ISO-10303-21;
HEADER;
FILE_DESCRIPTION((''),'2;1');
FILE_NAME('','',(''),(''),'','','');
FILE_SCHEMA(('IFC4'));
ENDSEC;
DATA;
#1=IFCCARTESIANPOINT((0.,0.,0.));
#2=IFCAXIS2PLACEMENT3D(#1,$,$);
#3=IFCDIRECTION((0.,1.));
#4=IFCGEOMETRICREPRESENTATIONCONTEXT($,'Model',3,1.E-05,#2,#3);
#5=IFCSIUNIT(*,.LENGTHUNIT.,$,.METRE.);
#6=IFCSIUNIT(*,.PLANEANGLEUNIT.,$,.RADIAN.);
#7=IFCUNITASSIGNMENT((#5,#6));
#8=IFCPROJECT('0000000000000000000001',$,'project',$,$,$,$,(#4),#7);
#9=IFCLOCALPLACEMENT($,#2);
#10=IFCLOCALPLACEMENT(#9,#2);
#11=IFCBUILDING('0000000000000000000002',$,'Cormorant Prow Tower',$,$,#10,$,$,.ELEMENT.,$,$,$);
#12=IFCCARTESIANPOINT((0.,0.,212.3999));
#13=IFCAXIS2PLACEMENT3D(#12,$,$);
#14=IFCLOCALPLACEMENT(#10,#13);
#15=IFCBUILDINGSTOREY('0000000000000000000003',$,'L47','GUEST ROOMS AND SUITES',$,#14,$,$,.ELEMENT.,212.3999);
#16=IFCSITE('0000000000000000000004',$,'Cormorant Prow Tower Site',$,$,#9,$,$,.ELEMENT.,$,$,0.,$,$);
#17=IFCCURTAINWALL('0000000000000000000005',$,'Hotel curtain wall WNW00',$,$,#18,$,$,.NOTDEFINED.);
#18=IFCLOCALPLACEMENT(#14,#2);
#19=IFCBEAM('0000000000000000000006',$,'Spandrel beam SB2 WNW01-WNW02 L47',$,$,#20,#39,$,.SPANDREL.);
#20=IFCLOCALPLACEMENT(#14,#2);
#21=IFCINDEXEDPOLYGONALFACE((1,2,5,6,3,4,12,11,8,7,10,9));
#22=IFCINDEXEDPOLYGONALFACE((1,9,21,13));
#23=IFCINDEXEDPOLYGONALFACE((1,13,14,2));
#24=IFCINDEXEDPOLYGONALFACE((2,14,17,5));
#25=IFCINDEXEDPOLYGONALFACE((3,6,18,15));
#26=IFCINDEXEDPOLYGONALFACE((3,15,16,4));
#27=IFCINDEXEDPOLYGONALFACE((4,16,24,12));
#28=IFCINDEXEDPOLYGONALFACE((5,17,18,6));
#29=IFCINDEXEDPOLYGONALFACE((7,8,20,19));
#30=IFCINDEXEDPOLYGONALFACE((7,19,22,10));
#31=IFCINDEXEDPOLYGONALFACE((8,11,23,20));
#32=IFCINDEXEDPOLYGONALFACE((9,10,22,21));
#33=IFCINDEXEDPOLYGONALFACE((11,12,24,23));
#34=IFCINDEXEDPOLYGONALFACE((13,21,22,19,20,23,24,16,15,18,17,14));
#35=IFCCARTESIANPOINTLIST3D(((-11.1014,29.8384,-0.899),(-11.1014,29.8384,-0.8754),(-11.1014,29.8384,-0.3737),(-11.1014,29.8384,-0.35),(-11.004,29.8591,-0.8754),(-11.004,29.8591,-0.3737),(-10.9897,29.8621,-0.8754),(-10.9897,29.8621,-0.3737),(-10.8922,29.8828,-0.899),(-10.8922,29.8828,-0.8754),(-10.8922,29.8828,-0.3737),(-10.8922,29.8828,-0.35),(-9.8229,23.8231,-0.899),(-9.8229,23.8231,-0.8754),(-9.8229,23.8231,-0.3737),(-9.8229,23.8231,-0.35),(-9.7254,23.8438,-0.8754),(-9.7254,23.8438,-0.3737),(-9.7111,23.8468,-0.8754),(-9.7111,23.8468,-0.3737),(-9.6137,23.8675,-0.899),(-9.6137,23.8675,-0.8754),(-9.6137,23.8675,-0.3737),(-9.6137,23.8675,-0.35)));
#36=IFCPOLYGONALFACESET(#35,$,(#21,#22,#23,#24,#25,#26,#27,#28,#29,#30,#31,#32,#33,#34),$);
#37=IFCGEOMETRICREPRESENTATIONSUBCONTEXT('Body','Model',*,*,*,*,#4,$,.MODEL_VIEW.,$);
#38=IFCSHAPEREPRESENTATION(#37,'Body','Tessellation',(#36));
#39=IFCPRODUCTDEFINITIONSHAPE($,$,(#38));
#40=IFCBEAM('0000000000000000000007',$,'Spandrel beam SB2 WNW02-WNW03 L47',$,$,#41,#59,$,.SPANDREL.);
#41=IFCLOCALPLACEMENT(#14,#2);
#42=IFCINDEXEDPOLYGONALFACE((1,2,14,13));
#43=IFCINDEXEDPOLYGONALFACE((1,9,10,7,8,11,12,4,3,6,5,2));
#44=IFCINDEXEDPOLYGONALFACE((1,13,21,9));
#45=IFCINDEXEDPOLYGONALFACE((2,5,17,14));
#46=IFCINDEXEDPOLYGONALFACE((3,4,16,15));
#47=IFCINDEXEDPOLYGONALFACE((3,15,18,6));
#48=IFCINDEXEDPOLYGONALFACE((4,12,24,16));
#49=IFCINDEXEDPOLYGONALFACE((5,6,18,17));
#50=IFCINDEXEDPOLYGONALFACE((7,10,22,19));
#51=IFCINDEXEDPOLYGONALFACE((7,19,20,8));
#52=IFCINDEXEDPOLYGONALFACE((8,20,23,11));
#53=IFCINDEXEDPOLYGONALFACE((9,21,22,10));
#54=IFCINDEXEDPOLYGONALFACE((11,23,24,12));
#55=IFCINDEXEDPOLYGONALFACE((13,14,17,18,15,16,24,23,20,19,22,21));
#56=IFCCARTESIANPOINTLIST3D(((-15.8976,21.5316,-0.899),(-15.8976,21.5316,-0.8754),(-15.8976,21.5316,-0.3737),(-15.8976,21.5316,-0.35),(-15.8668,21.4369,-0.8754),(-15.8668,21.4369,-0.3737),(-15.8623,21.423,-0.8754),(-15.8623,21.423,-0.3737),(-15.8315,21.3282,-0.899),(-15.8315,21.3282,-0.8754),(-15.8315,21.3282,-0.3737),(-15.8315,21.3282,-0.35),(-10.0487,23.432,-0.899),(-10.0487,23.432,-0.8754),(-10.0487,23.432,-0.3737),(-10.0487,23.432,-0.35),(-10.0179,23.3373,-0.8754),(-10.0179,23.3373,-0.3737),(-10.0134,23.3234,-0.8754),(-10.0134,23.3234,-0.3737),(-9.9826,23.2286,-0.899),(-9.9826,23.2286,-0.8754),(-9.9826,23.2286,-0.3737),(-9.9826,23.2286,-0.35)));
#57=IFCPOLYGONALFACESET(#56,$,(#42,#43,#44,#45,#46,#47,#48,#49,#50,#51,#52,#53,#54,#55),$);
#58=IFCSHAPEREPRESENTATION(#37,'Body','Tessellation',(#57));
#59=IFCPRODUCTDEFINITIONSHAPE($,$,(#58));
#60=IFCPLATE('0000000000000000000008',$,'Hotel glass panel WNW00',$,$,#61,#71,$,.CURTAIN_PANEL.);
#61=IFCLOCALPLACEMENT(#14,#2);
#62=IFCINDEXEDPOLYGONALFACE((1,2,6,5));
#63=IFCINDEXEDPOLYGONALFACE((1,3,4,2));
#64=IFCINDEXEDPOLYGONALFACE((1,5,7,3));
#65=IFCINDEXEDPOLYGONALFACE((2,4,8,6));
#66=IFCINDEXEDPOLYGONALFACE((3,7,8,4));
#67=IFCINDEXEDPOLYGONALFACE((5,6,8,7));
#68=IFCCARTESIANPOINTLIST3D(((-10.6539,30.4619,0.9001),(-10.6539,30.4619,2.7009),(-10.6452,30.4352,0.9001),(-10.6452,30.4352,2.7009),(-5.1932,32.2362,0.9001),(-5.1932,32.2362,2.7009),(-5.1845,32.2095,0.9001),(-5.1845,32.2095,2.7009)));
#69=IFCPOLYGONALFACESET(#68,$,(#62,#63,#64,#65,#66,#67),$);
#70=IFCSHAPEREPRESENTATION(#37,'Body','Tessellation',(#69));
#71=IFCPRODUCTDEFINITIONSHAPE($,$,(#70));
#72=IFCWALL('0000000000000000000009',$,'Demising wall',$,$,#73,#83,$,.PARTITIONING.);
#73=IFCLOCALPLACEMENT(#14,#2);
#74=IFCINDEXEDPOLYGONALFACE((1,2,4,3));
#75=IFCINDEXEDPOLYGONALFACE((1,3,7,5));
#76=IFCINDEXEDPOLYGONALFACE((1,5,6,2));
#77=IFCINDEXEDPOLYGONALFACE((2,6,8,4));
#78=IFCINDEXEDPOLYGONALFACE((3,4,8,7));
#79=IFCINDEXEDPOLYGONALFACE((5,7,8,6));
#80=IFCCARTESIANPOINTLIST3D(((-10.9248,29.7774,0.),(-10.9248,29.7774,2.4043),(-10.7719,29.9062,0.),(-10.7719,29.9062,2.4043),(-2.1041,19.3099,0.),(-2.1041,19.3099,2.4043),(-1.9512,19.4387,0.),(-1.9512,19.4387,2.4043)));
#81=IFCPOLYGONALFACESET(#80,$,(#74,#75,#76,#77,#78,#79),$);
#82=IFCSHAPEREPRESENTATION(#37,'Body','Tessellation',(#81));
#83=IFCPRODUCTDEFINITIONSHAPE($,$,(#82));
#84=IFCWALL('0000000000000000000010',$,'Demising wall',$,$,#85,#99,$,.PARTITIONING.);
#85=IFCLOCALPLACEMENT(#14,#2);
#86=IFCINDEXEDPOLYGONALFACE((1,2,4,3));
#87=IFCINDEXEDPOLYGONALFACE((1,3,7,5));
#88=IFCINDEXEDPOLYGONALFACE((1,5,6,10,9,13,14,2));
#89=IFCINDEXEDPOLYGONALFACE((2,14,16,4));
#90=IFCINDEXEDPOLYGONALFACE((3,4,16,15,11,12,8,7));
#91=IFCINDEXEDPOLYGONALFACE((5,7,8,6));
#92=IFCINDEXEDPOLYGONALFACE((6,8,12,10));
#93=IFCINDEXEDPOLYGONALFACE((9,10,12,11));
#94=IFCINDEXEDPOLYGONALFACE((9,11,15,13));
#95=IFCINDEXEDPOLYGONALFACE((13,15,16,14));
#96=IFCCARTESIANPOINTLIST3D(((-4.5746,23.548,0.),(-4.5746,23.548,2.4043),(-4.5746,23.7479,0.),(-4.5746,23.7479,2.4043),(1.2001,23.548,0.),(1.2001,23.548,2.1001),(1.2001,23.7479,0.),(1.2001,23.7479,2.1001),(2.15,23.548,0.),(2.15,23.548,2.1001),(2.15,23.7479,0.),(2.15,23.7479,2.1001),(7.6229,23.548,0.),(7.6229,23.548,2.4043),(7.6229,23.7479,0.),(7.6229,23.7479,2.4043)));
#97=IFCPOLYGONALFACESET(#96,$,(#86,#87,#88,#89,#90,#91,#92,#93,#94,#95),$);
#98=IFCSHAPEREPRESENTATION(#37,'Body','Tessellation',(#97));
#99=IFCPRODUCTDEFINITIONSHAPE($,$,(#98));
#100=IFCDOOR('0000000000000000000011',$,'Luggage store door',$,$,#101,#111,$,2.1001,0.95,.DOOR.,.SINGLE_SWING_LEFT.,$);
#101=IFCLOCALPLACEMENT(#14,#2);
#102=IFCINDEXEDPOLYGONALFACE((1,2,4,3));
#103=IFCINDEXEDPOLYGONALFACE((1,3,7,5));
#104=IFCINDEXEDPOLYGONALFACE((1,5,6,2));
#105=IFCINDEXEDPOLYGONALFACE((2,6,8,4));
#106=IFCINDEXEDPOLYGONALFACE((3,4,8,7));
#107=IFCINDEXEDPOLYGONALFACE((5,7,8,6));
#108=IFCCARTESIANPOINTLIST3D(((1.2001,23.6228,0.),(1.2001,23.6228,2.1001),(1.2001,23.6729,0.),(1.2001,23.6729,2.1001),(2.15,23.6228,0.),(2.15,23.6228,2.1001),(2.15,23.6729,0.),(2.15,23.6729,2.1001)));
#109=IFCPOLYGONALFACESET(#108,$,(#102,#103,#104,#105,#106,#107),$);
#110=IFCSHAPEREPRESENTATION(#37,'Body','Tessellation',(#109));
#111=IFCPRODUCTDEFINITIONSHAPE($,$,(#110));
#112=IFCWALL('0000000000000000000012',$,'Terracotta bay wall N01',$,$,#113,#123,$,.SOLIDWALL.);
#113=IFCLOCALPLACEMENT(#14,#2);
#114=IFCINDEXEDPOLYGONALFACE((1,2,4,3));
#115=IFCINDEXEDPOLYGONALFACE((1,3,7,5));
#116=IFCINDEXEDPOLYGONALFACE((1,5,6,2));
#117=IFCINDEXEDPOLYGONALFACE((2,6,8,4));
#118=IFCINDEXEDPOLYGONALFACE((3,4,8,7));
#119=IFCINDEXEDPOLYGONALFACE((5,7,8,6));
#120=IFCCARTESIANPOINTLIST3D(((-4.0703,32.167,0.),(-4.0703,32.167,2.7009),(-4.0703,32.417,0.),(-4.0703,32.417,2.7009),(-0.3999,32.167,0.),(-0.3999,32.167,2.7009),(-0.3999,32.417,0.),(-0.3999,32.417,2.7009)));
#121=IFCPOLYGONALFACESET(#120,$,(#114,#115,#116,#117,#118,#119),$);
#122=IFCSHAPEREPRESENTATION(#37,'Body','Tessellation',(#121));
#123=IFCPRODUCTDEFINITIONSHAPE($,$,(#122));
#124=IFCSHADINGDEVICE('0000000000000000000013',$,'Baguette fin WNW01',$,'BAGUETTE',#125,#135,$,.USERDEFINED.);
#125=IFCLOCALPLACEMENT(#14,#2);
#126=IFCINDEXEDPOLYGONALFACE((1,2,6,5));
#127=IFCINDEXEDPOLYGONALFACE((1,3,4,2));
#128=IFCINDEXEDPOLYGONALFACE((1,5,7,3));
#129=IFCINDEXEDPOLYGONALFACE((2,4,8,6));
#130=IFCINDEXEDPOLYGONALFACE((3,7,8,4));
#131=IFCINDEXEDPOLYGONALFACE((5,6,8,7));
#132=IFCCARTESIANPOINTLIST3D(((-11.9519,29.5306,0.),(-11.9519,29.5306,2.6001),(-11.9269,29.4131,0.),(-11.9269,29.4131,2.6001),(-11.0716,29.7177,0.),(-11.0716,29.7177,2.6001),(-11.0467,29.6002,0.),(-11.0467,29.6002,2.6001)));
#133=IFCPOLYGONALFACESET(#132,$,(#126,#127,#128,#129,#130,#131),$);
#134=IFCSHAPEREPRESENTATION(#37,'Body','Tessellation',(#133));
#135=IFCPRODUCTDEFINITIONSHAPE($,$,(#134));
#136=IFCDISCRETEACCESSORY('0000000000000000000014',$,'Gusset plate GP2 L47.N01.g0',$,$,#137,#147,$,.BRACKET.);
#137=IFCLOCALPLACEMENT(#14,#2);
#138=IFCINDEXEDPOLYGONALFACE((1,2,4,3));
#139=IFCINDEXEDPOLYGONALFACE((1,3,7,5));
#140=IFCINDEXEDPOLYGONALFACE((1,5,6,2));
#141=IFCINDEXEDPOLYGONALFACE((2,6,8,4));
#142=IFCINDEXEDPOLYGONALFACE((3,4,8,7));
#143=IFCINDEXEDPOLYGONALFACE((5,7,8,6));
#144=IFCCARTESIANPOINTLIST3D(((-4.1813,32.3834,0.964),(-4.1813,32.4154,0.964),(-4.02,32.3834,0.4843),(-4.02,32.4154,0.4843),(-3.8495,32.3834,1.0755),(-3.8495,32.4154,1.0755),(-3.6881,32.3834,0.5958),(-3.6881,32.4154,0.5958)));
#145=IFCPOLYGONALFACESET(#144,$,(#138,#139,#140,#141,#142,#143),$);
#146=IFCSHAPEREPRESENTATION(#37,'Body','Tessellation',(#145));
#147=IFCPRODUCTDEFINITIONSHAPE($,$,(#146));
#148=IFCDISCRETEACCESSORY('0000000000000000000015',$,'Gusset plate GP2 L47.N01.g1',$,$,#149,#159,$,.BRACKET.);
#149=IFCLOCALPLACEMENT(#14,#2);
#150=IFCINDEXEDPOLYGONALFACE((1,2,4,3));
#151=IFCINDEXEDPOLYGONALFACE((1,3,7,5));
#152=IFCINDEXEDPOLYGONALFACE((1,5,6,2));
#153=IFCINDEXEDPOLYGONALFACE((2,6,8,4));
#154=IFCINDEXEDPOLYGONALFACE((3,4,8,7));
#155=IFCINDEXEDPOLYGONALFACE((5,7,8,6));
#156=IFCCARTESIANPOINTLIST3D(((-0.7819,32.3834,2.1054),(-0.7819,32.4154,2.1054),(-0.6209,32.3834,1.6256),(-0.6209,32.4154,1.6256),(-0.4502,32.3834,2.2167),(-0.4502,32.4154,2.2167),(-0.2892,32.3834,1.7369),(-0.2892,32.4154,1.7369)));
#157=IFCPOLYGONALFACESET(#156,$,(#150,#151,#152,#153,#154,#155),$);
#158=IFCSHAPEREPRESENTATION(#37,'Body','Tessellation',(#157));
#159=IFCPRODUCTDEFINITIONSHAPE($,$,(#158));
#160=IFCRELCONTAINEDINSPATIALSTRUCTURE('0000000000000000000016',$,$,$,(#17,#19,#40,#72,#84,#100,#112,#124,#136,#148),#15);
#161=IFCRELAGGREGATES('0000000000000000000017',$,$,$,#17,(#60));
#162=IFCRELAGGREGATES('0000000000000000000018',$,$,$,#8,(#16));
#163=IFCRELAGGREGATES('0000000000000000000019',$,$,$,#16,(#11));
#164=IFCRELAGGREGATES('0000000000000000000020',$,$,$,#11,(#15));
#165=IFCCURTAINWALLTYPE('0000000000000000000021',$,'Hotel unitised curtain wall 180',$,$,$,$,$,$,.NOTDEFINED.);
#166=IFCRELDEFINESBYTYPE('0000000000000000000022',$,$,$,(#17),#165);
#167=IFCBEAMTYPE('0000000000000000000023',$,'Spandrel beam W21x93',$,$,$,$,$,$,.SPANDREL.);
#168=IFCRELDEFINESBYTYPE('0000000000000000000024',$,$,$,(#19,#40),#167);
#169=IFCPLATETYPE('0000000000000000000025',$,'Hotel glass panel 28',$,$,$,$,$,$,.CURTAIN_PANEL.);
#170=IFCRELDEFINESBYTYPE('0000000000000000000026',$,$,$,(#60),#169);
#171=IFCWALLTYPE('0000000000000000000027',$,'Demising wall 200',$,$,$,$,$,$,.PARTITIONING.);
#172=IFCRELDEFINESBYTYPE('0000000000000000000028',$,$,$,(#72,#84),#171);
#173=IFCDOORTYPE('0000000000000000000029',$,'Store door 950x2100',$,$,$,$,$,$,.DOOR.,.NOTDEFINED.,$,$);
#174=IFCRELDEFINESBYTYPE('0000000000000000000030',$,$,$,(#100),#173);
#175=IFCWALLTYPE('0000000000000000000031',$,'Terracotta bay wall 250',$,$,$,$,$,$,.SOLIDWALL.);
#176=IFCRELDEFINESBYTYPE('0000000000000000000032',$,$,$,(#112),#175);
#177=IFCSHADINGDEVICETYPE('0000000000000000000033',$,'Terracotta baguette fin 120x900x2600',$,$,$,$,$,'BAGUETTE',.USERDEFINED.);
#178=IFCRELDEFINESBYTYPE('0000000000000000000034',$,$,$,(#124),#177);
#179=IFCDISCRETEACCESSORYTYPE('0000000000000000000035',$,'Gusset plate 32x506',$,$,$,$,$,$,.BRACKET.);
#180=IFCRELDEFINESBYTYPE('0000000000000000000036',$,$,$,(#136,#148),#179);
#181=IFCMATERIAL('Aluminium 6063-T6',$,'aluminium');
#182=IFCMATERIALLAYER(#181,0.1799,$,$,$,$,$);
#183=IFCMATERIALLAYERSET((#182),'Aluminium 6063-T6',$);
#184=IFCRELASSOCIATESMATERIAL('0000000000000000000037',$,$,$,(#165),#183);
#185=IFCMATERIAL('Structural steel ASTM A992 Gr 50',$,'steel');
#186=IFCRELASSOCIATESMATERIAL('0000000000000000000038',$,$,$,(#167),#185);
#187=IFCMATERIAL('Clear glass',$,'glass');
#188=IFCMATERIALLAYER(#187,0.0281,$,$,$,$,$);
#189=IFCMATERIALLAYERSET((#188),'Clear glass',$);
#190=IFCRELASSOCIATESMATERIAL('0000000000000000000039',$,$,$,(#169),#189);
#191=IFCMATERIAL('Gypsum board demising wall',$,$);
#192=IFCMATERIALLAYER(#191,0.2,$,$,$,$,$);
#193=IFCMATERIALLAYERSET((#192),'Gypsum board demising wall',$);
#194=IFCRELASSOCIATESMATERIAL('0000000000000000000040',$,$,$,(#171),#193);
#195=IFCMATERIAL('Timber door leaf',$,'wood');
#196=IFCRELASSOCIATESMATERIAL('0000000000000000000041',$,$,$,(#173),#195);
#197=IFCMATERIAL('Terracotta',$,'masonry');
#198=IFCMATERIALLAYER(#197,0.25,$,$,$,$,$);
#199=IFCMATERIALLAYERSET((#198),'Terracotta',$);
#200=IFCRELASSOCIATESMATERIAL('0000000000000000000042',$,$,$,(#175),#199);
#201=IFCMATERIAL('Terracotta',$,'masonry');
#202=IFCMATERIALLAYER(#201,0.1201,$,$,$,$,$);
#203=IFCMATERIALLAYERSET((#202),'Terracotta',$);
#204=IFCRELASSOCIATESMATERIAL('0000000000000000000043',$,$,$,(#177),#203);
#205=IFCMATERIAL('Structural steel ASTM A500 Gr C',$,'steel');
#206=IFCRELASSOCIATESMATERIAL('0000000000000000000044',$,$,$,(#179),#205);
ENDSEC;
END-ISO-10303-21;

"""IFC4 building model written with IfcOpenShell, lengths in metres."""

from ifc_helpers import new_model, si_unit, direction, frame, frame_2d, origin, origin_2d, place, context, subcontext, project, spatial, rectangle, i_section, extrude, material, layer, layer_set, material_profile, profile_set, type_object, element, fill, aggregate, save


model = new_model("IFC4")

# Units and contexts
model_context = context("Model", 3, precision=1e-05, world=origin(), true_north=direction((0.0, 1.0)))
body_context = subcontext(model_context, "Body", "Model", "MODEL_VIEW")
ifc_project = project(units=[si_unit("LENGTHUNIT", "METRE"), si_unit("PLANEANGLEUNIT", "RADIAN")], contexts=[model_context])

# Site, building, storey
site_placement = place(None, origin())
site = spatial("IfcSite", under=ifc_project, at=site_placement, Name="Cormorant Prow Tower Site", CompositionType="ELEMENT", RefElevation=0.0)
building_placement = place(site_placement, origin())
building = spatial("IfcBuilding", under=site, at=building_placement, Name="Cormorant Prow Tower", CompositionType="ELEMENT")
storey_placement = place(building_placement, frame((0.0, 0.0, 212.3999)))
storey = spatial("IfcBuildingStorey", under=building, at=storey_placement, Name="L47", Description="GUEST ROOMS AND SUITES", CompositionType="ELEMENT", Elevation=212.3999)

# Curtain wall
ifc_material_1 = material(Name="Aluminium 6063-T6", Category="aluminium")
ifc_layer_1 = layer(ifc_material_1, 0.1799)
ifc_layer_set_1 = layer_set([ifc_layer_1], Name="Aluminium 6063-T6")
curtain_wall_type = type_object("IfcCurtainWallType", Name="Hotel unitised curtain wall 180", PredefinedType="NOTDEFINED", material=ifc_layer_set_1)
curtain_wall_1_placement = place(storey_placement, origin())
curtain_wall_1 = element("IfcCurtainWall", 1, at=curtain_wall_1_placement, inside=storey, type_object=curtain_wall_type, Name="Hotel curtain wall WNW00", PredefinedType="NOTDEFINED")

# Beams
ifc_material_2 = material(Name="Structural steel ASTM A992 Gr 50", Category="steel")
ifc_material_profile_1 = material_profile(ifc_material_2, i_section(OverallWidth=0.2139, OverallDepth=0.5491, WebThickness=0.0146, FlangeThickness=0.0237, at=origin_2d()), Name="W21x93")
ifc_profile_set_1 = profile_set([ifc_material_profile_1], Name="Structural steel ASTM A992 Gr 50")
beam_type = type_object("IfcBeamType", Name="Spandrel beam W21x93", PredefinedType="SPANDREL", material=ifc_profile_set_1)
beam_1_placement = place(storey_placement, frame((-10.9968, 29.8606, -0.6245), z_axis=(0.207905, -0.978149, 0.0), x_axis=(0.978149, 0.207905, 0.0)))
element("IfcBeam", 2, at=beam_1_placement, inside=storey, type_object=beam_type, Name="Spandrel beam SB2 WNW01-WNW02 L47", PredefinedType="SPANDREL", context=body_context, shape_type="SweptSolid", body=[
    extrude(i_section(OverallWidth=0.2139, OverallDepth=0.5491, WebThickness=0.0146, FlangeThickness=0.0237, at=origin_2d()), origin(), (0.0, 0.0, 1.0), 6.1497),
])
beam_2_placement = place(storey_placement, frame((-10.0156, 23.3303, -0.6245), z_axis=(-0.951058, -0.309013, 0.0), x_axis=(0.309013, -0.951058, 0.0)))
element("IfcBeam", 3, at=beam_2_placement, inside=storey, type_object=beam_type, Name="Spandrel beam SB2 WNW02-WNW03 L47", PredefinedType="SPANDREL", context=body_context, shape_type="SweptSolid", body=[
    extrude(i_section(OverallWidth=0.2139, OverallDepth=0.5491, WebThickness=0.0146, FlangeThickness=0.0237, at=origin_2d()), origin(), (0.0, 0.0, 1.0), 6.1499),
])

# Plate
ifc_material_3 = material(Name="Clear glass", Category="glass")
ifc_layer_2 = layer(ifc_material_3, 0.0281)
ifc_layer_set_2 = layer_set([ifc_layer_2], Name="Clear glass")
plate_type = type_object("IfcPlateType", Name="Hotel glass panel 28", PredefinedType="CURTAIN_PANEL", material=ifc_layer_set_2)
plate_placement = place(storey_placement, frame((-7.9192, 31.3357, 0.9001), z_axis=(0.0, 0.0, 1.0), x_axis=(-0.951057, -0.309017, 0.0)))
plate = element("IfcPlate", 4, at=plate_placement, type_object=plate_type, Name="Hotel glass panel WNW00", PredefinedType="CURTAIN_PANEL", context=body_context, shape_type="SweptSolid", body=[
    extrude(rectangle(XDim=5.7417, YDim=0.0281, at=origin_2d()), origin(), (0.0, 0.0, 1.0), 1.8008),
])
aggregate(curtain_wall_1, [plate])

# Wall
ifc_material_4 = material(Name="Gypsum board demising wall")
ifc_layer_3 = layer(ifc_material_4, 0.2)
ifc_layer_set_3 = layer_set([ifc_layer_3], Name="Gypsum board demising wall")
wall_type_1 = type_object("IfcWallType", Name="Demising wall 200", PredefinedType="PARTITIONING", material=ifc_layer_set_3)
wall_1_placement = place(storey_placement, frame((-10.8484, 29.8418, 0.0), z_axis=(0.0, 0.0, 1.0), x_axis=(0.644394, -0.764694, 0.0)))
element("IfcWall", 5, at=wall_1_placement, inside=storey, type_object=wall_type_1, Name="Demising wall", PredefinedType="PARTITIONING", context=body_context, shape_type="SweptSolid", body=[
    extrude(rectangle(XDim=13.6885, YDim=0.2, at=frame_2d((6.8442, 0.0))), origin(), (0.0, 0.0, 1.0), 2.4043),
])

# Wall, opening, door
wall_2_placement = place(storey_placement, frame((-4.5745, 23.6479, 0.0), z_axis=(0.0, 0.0, 1.0), x_axis=(1.0, 0.0, 0.0)))
wall_2 = element("IfcWall", 6, at=wall_2_placement, inside=storey, type_object=wall_type_1, Name="Demising wall", PredefinedType="PARTITIONING", context=body_context, shape_type="SweptSolid", body=[
    extrude(rectangle(XDim=12.1975, YDim=0.2, at=frame_2d((6.0986, 0.0))), origin(), (0.0, 0.0, 1.0), 2.4043),
])
opening_1_placement = place(wall_2_placement, frame((5.7744, 0.0, 0.0)))
opening_1 = element("IfcOpeningElement", 7, at=opening_1_placement, cuts=wall_2, PredefinedType="OPENING", context=body_context, shape_type="SweptSolid", body=[
    extrude(rectangle(XDim=0.95, YDim=2.1001, at=frame_2d((0.4751, 1.05))), frame((0.0, 0.1099, 0.0), z_axis=(0.0, -1.0, 0.0), x_axis=(1.0, 0.0, 0.0)), (0.0, 0.0, 1.0), 0.22),
])
ifc_material_5 = material(Name="Timber door leaf", Category="wood")
door_type_1 = type_object("IfcDoorType", Name="Store door 950x2100", OperationType="NOTDEFINED", PredefinedType="DOOR", material=ifc_material_5)
door_1_placement = place(opening_1_placement, origin())
door_1 = element("IfcDoor", 8, at=door_1_placement, inside=storey, type_object=door_type_1, Name="Luggage store door", OperationType="SINGLE_SWING_LEFT", OverallHeight=2.1001, OverallWidth=0.95, PredefinedType="DOOR", context=body_context, shape_type="SweptSolid", body=[
    extrude(rectangle(XDim=0.95, YDim=2.1001, at=frame_2d((0.4751, 1.05))), frame((0.0, 0.0249, 0.0), z_axis=(0.0, -1.0, 0.0), x_axis=(1.0, 0.0, 0.0)), (0.0, 0.0, 1.0), 0.05),
])
fill(opening_1, door_1)

# Wall
ifc_material_6 = material(Name="Terracotta", Category="masonry")
ifc_layer_4 = layer(ifc_material_6, 0.25)
ifc_layer_set_4 = layer_set([ifc_layer_4], Name="Terracotta")
wall_type_2 = type_object("IfcWallType", Name="Terracotta bay wall 250", PredefinedType="SOLIDWALL", material=ifc_layer_set_4)
wall_3_placement = place(storey_placement, frame((-0.3999, 32.292, 0.0), z_axis=(0.0, 0.0, 1.0), x_axis=(-1.0, 0.0, 0.0)))
element("IfcWall", 9, at=wall_3_placement, inside=storey, type_object=wall_type_2, Name="Terracotta bay wall N01", PredefinedType="SOLIDWALL", context=body_context, shape_type="SweptSolid", body=[
    extrude(rectangle(XDim=3.6704, YDim=0.25, at=frame_2d((1.8352, 0.0))), origin(), (0.0, 0.0, 1.0), 2.7009),
])

# Shading device
ifc_material_7 = material(Name="Terracotta", Category="masonry")
ifc_layer_5 = layer(ifc_material_7, 0.1201)
ifc_layer_set_5 = layer_set([ifc_layer_5], Name="Terracotta")
shading_device_type = type_object("IfcShadingDeviceType", Name="Terracotta baguette fin 120x900x2600", ElementType="BAGUETTE", PredefinedType="USERDEFINED", material=ifc_layer_set_5)
shading_device_placement = place(storey_placement, frame((-11.4993, 29.5654, 0.0), z_axis=(0.0, 0.0, 1.0), x_axis=(0.207912, -0.978148, 0.0)))
element("IfcShadingDevice", 10, at=shading_device_placement, inside=storey, type_object=shading_device_type, Name="Baguette fin WNW01", ObjectType="BAGUETTE", PredefinedType="USERDEFINED", context=body_context, shape_type="SweptSolid", body=[
    extrude(rectangle(XDim=0.1201, YDim=0.8999, at=origin_2d()), origin(), (0.0, 0.0, 1.0), 2.6001),
])

# Discrete accessories
ifc_material_8 = material(Name="Structural steel ASTM A500 Gr C", Category="steel")
ifc_material_profile_2 = material_profile(ifc_material_8, rectangle(XDim=0.032, YDim=0.5061, at=origin_2d()), Name="Gusset plate 32x506")
ifc_profile_set_2 = profile_set([ifc_material_profile_2], Name="Structural steel ASTM A500 Gr C")
discrete_accessory_type = type_object("IfcDiscreteAccessoryType", Name="Gusset plate 32x506", PredefinedType="BRACKET", material=ifc_profile_set_2)
discrete_accessory_1_placement = place(storey_placement, frame((-3.7688, 32.3994, 0.8357), z_axis=(-0.947843, 0.0, -0.318738), x_axis=(0.0, -1.0, 0.0)))
element("IfcDiscreteAccessory", 11, at=discrete_accessory_1_placement, inside=storey, type_object=discrete_accessory_type, Name="Gusset plate GP2 L47.N01.g0", PredefinedType="BRACKET", context=body_context, shape_type="SweptSolid", body=[
    extrude(rectangle(XDim=0.032, YDim=0.5061, at=origin_2d()), origin(), (0.0, 0.0, 1.0), 0.3501),
])
discrete_accessory_2_placement = place(storey_placement, frame((-0.7014, 32.3994, 1.8655), z_axis=(0.948054, 0.0, 0.318111), x_axis=(0.0, 1.0, 0.0)))
element("IfcDiscreteAccessory", 12, at=discrete_accessory_2_placement, inside=storey, type_object=discrete_accessory_type, Name="Gusset plate GP2 L47.N01.g1", PredefinedType="BRACKET", context=body_context, shape_type="SweptSolid", body=[
    extrude(rectangle(XDim=0.032, YDim=0.5061, at=origin_2d()), origin(), (0.0, 0.0, 1.0), 0.3499),
])

save(model, "model.ifc")
